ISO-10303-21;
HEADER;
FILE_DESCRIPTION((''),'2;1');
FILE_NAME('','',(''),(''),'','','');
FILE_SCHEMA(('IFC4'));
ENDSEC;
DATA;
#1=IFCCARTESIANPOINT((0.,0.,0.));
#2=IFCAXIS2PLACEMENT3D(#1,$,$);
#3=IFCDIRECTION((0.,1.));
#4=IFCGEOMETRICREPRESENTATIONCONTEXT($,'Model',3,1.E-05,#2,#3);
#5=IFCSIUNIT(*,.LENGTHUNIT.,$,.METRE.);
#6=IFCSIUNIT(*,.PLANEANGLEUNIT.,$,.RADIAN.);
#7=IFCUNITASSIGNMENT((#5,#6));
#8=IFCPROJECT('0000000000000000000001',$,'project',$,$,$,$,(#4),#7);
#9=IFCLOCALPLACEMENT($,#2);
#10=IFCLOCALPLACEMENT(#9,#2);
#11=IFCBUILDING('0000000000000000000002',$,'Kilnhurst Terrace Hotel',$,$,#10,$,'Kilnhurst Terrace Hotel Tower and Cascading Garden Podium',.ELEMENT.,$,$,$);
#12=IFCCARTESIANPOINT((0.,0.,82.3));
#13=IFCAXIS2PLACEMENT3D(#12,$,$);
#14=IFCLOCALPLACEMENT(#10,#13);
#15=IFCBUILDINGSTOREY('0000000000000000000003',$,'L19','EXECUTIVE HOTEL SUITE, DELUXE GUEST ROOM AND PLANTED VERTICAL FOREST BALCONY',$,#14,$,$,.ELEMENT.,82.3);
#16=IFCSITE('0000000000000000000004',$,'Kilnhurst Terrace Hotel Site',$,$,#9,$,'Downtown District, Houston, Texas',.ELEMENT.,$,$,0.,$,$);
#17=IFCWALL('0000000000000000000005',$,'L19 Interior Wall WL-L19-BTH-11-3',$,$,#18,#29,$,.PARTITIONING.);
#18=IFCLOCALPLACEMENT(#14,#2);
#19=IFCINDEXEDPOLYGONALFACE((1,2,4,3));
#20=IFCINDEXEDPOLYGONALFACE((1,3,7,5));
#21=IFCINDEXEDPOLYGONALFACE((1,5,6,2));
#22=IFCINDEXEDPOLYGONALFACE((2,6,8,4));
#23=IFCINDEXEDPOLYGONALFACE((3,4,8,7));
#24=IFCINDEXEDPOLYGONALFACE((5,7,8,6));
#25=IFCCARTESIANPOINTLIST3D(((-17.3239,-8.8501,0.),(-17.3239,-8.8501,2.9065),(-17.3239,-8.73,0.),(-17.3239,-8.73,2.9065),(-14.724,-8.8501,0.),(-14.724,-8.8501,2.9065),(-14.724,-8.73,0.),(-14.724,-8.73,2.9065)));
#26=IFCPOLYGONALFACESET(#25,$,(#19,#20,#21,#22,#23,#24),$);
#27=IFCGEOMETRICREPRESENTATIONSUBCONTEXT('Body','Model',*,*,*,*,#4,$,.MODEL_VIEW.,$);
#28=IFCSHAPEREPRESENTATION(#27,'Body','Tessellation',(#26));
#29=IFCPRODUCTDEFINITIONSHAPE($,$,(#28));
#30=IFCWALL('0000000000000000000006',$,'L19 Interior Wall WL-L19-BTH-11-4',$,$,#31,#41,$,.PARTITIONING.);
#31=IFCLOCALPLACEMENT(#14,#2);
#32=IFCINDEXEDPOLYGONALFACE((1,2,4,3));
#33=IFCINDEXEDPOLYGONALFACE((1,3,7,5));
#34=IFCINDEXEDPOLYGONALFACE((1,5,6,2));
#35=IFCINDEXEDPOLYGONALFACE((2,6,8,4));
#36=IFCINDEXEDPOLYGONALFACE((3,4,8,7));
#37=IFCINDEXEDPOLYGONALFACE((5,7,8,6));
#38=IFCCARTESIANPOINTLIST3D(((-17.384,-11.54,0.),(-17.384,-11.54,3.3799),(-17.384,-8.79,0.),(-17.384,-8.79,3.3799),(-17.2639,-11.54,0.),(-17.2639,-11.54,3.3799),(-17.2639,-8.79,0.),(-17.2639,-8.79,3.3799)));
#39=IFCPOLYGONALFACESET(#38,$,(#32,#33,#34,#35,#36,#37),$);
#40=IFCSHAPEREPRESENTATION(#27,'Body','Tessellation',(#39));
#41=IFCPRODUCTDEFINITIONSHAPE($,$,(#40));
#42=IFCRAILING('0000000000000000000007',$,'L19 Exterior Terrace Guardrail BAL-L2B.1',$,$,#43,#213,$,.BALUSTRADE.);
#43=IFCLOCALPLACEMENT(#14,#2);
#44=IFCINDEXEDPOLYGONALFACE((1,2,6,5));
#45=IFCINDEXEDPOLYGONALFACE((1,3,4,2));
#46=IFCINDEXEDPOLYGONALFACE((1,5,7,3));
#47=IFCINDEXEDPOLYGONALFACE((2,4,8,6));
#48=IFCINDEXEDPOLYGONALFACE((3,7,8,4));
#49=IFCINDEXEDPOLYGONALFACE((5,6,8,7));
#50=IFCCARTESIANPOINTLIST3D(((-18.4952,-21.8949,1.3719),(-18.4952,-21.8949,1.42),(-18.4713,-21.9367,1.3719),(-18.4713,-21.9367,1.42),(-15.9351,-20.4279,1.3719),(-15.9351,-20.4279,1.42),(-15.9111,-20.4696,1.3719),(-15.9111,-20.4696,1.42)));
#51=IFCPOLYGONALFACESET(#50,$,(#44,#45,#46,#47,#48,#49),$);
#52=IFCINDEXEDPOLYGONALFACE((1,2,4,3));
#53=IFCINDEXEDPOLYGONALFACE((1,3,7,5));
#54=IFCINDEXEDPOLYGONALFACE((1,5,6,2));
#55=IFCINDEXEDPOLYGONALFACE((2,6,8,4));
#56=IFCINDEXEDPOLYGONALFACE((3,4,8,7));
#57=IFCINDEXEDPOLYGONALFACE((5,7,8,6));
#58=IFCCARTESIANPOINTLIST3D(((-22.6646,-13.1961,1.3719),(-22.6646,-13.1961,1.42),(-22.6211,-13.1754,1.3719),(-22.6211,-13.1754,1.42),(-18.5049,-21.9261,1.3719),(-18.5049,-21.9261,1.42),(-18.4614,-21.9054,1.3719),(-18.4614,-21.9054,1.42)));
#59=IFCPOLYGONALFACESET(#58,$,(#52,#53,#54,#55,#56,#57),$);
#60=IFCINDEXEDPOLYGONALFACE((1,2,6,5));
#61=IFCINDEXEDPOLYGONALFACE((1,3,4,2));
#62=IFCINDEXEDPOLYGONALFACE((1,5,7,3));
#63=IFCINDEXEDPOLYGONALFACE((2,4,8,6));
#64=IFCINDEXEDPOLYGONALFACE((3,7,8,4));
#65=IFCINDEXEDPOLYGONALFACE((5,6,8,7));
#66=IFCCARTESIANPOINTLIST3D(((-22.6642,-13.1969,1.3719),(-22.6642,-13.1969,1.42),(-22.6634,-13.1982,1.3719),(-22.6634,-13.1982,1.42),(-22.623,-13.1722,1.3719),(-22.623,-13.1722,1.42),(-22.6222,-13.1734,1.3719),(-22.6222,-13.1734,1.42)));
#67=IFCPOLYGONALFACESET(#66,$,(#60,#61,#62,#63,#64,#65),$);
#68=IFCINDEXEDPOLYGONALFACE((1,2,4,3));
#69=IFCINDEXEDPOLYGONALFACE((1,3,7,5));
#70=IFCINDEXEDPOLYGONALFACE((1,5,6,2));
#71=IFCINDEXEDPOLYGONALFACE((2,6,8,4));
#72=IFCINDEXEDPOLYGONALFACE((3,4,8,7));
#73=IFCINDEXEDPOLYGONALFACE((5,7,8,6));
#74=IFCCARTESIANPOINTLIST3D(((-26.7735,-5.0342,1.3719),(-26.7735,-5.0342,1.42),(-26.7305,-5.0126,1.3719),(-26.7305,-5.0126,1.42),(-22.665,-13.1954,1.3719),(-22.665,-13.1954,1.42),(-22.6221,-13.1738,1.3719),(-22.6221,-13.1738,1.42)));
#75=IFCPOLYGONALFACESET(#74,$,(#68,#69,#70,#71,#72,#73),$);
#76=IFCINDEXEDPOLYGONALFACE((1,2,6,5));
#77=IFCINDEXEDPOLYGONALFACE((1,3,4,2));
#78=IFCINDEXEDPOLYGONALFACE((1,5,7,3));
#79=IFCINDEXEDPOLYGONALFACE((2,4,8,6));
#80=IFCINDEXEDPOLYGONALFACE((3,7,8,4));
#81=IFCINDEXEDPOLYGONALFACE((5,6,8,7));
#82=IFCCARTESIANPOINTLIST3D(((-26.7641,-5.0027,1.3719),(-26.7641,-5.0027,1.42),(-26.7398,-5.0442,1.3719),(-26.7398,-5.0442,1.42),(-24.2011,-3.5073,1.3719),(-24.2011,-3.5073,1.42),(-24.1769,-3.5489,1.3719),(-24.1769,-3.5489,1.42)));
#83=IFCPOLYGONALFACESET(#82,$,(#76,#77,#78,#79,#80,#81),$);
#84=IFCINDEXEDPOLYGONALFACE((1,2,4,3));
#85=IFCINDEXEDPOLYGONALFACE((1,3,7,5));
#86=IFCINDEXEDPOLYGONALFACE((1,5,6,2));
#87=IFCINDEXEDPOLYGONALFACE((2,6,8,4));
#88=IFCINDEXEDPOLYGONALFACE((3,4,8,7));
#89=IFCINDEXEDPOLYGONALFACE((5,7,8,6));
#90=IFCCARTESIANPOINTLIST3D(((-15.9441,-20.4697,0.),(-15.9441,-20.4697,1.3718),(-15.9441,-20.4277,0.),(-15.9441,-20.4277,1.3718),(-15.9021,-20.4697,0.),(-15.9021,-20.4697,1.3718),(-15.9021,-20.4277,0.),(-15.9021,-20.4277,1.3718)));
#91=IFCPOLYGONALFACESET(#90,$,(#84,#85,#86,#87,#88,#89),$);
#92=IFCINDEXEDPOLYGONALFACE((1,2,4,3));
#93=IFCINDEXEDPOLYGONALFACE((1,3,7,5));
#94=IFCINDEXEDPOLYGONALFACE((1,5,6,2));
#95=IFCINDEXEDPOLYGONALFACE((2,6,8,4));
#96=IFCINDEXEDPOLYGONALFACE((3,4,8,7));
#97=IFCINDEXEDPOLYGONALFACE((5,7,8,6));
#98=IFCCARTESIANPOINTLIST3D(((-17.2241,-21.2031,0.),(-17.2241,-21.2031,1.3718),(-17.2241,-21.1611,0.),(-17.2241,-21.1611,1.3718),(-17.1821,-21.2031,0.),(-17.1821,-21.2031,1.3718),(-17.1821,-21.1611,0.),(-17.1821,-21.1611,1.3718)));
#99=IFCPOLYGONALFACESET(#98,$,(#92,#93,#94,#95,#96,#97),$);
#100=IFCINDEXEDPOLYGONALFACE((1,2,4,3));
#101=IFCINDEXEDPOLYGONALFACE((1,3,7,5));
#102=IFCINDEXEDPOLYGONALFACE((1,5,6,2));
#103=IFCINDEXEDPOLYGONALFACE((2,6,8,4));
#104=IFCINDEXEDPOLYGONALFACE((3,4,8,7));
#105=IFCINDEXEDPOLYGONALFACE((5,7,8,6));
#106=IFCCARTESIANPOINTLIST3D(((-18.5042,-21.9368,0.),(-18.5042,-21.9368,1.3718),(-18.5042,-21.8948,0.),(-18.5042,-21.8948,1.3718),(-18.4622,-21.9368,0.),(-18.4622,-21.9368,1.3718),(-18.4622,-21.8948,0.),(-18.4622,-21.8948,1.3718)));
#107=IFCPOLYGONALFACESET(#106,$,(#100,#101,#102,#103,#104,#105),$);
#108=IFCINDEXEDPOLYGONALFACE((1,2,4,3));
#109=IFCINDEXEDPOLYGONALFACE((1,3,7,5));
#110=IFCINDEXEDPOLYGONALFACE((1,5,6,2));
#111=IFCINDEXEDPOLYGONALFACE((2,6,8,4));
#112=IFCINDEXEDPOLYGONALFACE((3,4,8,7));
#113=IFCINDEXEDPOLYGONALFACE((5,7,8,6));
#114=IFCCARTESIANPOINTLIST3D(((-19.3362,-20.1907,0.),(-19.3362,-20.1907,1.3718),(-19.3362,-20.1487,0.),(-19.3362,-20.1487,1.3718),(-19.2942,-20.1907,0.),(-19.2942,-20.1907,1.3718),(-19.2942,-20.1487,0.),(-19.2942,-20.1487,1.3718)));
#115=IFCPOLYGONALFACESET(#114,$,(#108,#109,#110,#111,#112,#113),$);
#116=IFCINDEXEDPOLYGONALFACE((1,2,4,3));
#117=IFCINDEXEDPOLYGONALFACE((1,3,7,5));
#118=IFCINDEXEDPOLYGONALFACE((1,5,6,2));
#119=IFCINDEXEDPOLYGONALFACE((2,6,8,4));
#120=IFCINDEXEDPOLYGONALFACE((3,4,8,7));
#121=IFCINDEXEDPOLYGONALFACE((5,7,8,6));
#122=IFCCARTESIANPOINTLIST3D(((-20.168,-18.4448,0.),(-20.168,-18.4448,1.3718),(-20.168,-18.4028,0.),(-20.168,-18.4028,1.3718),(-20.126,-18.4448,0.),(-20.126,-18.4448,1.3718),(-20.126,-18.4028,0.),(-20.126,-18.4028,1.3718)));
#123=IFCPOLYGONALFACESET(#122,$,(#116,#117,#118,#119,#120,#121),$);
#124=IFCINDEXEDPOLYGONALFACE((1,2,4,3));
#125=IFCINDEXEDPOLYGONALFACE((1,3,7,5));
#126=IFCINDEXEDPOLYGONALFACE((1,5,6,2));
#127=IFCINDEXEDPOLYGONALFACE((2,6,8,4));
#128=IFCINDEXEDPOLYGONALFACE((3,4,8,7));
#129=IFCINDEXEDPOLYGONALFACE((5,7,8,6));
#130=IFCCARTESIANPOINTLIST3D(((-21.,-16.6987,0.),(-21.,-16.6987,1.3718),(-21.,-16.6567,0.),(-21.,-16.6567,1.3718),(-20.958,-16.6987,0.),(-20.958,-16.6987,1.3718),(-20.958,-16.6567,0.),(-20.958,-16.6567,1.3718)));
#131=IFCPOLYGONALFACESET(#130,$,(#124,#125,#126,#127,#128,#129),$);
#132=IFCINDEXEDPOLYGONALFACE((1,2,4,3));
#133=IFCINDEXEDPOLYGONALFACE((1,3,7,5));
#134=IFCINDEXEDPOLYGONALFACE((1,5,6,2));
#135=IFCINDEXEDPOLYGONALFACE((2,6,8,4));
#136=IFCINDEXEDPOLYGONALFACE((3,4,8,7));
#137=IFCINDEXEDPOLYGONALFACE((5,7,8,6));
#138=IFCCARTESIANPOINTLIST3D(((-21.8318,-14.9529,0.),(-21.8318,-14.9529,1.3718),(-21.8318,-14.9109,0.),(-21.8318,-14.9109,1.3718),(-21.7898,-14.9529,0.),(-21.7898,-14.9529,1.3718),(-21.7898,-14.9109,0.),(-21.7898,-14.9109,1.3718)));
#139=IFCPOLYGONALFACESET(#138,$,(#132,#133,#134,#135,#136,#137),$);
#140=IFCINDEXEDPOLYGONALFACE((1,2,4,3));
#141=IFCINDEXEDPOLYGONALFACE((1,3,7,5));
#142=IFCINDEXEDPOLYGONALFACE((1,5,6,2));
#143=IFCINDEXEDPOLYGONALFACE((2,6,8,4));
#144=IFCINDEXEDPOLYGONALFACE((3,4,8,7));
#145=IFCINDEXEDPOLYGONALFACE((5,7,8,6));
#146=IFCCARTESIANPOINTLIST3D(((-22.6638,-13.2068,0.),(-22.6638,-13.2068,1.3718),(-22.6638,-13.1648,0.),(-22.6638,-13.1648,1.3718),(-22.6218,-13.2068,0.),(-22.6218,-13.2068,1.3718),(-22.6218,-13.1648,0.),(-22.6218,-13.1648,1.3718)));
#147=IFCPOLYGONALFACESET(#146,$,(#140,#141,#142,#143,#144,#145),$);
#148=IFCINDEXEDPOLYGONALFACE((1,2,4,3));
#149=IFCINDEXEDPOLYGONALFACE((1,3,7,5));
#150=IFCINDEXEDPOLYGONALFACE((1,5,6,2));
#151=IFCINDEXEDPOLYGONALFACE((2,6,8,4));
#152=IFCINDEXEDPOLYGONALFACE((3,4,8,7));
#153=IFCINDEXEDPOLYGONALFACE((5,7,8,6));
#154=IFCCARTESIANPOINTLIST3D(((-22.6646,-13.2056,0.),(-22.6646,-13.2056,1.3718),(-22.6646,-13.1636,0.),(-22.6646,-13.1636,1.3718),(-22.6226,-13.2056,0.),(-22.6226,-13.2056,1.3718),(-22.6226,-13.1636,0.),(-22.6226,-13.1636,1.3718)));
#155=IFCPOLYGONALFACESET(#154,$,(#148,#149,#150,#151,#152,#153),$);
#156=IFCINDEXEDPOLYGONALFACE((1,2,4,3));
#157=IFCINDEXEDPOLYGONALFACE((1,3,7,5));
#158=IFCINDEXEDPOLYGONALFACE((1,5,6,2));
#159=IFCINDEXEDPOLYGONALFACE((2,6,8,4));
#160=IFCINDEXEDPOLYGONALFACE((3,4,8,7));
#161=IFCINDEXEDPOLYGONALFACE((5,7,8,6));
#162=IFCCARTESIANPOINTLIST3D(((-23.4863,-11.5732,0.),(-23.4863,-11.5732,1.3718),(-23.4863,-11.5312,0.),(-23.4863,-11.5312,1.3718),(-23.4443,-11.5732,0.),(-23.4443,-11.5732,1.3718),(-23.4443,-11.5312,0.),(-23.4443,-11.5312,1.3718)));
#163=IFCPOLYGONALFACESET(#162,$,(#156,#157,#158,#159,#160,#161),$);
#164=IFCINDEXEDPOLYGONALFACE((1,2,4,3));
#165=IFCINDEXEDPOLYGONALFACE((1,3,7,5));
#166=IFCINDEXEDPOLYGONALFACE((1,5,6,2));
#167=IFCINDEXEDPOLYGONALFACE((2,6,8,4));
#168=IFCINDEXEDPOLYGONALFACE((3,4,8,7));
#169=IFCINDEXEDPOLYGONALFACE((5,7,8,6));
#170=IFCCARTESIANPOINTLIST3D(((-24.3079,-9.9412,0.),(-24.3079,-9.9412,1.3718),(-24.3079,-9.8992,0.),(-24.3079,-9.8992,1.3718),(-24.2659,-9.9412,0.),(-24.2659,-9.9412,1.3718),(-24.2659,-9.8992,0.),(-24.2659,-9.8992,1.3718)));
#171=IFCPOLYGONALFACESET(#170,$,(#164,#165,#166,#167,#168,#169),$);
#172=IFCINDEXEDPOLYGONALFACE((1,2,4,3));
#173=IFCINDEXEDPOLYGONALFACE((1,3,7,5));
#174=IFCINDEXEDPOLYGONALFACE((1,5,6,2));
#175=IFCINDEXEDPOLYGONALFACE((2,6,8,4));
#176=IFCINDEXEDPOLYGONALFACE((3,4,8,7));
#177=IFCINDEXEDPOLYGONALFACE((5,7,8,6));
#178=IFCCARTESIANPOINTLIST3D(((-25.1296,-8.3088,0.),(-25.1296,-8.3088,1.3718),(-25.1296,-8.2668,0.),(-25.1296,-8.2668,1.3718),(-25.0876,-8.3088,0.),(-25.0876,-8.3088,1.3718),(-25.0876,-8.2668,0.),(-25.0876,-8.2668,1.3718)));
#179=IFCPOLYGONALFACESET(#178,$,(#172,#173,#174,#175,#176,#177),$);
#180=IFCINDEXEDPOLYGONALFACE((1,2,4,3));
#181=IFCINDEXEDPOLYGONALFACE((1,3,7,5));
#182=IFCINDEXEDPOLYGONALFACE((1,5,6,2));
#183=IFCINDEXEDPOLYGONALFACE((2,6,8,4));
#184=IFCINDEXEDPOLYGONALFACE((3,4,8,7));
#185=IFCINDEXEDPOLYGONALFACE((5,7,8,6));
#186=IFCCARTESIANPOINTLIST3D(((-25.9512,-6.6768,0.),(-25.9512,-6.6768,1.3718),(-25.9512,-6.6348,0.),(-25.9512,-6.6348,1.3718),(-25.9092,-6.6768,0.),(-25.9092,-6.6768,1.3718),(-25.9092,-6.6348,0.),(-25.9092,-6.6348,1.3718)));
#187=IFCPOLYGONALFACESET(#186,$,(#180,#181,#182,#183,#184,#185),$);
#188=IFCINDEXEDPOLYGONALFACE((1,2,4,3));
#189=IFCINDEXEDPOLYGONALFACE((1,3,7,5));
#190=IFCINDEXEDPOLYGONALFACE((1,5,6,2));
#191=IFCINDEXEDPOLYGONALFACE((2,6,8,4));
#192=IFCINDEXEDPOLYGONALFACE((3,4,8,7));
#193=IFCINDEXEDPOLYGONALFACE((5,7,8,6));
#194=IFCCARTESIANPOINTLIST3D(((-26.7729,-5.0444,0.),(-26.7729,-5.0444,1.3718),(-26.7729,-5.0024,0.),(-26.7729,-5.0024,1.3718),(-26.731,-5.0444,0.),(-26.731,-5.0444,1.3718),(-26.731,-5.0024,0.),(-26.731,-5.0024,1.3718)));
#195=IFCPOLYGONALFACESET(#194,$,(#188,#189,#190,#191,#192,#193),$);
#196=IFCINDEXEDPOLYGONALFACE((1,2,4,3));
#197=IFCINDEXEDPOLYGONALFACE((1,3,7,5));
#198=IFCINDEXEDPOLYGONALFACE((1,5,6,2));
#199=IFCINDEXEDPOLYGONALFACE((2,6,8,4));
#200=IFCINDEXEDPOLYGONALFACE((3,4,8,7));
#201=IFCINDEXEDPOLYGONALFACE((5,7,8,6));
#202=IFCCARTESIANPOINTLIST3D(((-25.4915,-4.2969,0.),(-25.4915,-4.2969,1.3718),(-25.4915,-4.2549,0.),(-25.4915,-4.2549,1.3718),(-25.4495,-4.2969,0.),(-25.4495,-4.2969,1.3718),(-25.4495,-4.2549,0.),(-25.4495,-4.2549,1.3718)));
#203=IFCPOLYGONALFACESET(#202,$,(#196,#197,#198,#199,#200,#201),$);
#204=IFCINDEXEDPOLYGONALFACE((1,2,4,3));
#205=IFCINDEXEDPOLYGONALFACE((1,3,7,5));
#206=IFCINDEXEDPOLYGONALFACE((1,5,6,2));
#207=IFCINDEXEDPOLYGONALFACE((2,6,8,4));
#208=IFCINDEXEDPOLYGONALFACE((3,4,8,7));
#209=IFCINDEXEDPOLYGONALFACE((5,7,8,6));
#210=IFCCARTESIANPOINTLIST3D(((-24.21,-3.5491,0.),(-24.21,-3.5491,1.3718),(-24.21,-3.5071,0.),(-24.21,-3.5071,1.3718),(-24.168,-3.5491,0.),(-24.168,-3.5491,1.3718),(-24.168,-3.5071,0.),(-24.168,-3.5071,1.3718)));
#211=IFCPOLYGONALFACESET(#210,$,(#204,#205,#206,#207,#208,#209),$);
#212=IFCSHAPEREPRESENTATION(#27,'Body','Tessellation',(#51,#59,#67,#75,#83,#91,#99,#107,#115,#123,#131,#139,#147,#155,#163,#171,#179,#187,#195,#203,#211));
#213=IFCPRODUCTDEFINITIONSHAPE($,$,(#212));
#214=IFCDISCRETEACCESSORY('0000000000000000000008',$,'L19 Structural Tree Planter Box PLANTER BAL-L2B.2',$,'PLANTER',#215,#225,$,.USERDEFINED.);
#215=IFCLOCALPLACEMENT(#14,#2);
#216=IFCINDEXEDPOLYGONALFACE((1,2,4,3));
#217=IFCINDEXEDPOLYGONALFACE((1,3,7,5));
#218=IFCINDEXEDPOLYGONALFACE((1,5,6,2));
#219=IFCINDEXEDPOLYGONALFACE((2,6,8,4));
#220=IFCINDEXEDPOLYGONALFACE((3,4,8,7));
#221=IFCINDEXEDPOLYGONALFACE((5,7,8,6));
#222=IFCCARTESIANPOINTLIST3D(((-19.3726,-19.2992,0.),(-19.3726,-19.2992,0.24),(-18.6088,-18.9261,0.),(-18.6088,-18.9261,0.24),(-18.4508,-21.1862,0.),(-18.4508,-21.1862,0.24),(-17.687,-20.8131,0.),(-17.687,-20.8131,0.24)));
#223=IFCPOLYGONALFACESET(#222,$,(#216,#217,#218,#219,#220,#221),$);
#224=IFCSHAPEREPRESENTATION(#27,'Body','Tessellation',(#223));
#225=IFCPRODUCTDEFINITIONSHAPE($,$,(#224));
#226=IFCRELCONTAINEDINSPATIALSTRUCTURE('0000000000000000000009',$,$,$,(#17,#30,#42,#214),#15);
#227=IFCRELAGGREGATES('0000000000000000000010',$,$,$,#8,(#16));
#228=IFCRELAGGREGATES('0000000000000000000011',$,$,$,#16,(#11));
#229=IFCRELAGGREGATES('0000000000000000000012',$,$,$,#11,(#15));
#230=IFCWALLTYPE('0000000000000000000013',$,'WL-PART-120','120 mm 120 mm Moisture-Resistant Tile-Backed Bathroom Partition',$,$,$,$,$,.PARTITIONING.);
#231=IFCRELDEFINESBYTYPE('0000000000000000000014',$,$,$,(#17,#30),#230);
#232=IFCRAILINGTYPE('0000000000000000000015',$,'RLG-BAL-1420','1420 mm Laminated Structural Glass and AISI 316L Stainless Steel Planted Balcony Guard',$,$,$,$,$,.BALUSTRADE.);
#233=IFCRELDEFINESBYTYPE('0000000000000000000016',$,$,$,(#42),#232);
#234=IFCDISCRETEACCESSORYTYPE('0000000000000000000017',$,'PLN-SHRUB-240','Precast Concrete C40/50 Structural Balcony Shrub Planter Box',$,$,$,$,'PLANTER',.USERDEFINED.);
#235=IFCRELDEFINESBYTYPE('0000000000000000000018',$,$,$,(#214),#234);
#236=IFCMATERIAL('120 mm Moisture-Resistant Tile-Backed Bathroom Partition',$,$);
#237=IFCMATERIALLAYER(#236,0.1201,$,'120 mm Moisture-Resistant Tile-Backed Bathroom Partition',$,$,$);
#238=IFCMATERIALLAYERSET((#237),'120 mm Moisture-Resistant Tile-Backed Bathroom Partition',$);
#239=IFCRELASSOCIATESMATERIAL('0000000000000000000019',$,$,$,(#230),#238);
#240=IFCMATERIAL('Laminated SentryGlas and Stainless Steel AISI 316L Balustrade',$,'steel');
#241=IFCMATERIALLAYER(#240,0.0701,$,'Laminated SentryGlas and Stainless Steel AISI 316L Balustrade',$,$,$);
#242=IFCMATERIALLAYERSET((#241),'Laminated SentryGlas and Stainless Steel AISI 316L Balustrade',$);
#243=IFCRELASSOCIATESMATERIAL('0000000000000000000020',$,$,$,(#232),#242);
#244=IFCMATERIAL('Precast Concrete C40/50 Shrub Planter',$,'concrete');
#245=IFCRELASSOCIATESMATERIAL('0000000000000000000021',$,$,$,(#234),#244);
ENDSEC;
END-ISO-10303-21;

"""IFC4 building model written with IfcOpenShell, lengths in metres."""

from ifc_helpers import new_model, si_unit, direction, frame, frame_2d, origin, origin_2d, place, context, subcontext, project, spatial, rectangle, extrude, material, layer, layer_set, type_object, element, save


model = new_model("IFC4")

# Units and contexts
model_context = context("Model", 3, precision=1e-05, world=origin(), true_north=direction((0.0, 1.0)))
body_context = subcontext(model_context, "Body", "Model", "MODEL_VIEW")
ifc_project = project(units=[si_unit("LENGTHUNIT", "METRE"), si_unit("PLANEANGLEUNIT", "RADIAN")], contexts=[model_context])

# Site, building, storey
site_placement = place(None, origin())
site = spatial("IfcSite", under=ifc_project, at=site_placement, Name="Kilnhurst Terrace Hotel Site", LongName="Downtown District, Houston, Texas", CompositionType="ELEMENT", RefElevation=0.0)
building_placement = place(site_placement, origin())
building = spatial("IfcBuilding", under=site, at=building_placement, Name="Kilnhurst Terrace Hotel", LongName="Kilnhurst Terrace Hotel Tower and Cascading Garden Podium", CompositionType="ELEMENT")
storey_placement = place(building_placement, frame((0.0, 0.0, 82.3)))
storey = spatial("IfcBuildingStorey", under=building, at=storey_placement, Name="L19", Description="EXECUTIVE HOTEL SUITE, DELUXE GUEST ROOM AND PLANTED VERTICAL FOREST BALCONY", CompositionType="ELEMENT", Elevation=82.3)

# Shared definitions
ifc_material_1 = material(Name="120 mm Moisture-Resistant Tile-Backed Bathroom Partition")
ifc_layer_1 = layer(ifc_material_1, 0.1201, Name="120 mm Moisture-Resistant Tile-Backed Bathroom Partition")
ifc_layer_set_1 = layer_set([ifc_layer_1], Name="120 mm Moisture-Resistant Tile-Backed Bathroom Partition")
wall_type_1 = type_object("IfcWallType", Name="WL-PART-120", Description="120 mm 120 mm Moisture-Resistant Tile-Backed Bathroom Partition", PredefinedType="PARTITIONING", material=ifc_layer_set_1)

# Walls
wall_1_placement = place(storey_placement, frame((-14.7241, -8.79, 0.0), z_axis=(0.0, 0.0, 1.0), x_axis=(-1.0, 0.0, 0.0)))
element("IfcWall", 1, at=wall_1_placement, inside=storey, type_object=wall_type_1, Name="L19 Interior Wall WL-L19-BTH-11-3", PredefinedType="PARTITIONING", context=body_context, shape_type="SweptSolid", body=[
    extrude(rectangle(XDim=2.5999, YDim=0.1201, at=frame_2d((1.2998, 0.0))), origin(), (0.0, 0.0, 1.0), 2.9065),
])
wall_2_placement = place(storey_placement, frame((-17.324, -8.79, 0.0), z_axis=(0.0, 0.0, 1.0), x_axis=(0.0, -1.0, 0.0)))
element("IfcWall", 2, at=wall_2_placement, inside=storey, type_object=wall_type_1, Name="L19 Interior Wall WL-L19-BTH-11-4", PredefinedType="PARTITIONING", context=body_context, shape_type="SweptSolid", body=[
    extrude(rectangle(XDim=2.75, YDim=0.1201, at=frame_2d((1.375, 0.0))), origin(), (0.0, 0.0, 1.0), 3.3799),
])

# Railing
ifc_material_2 = material(Name="Laminated SentryGlas and Stainless Steel AISI 316L Balustrade", Category="steel")
ifc_layer_2 = layer(ifc_material_2, 0.0701, Name="Laminated SentryGlas and Stainless Steel AISI 316L Balustrade")
ifc_layer_set_2 = layer_set([ifc_layer_2], Name="Laminated SentryGlas and Stainless Steel AISI 316L Balustrade")
railing_type = type_object("IfcRailingType", Name="RLG-BAL-1420", Description="1420 mm Laminated Structural Glass and AISI 316L Stainless Steel Planted Balcony Guard", PredefinedType="BALUSTRADE", material=ifc_layer_set_2)
railing_placement = place(storey_placement, frame((-15.9231, -20.4487, 0.0)))
element("IfcRailing", 3, at=railing_placement, inside=storey, type_object=railing_type, Name="L19 Exterior Terrace Guardrail BAL-L2B.1", PredefinedType="BALUSTRADE", context=body_context, shape_type="SweptSolid", body=[
    extrude(rectangle(XDim=0.0481, YDim=0.0481, at=origin_2d()), frame((0.0, 0.0, 1.396), z_axis=(-0.867637, -0.497199, 0.0), x_axis=(0.497199, -0.867637, 0.0)), (0.0, 0.0, 1.0), 2.9507),
    extrude(rectangle(XDim=0.0481, YDim=0.0481, at=origin_2d()), frame((-2.5601, -1.467, 1.396), z_axis=(-0.430147, 0.902759, 0.0), x_axis=(-0.902759, -0.430147, 0.0)), (0.0, 0.0, 1.0), 9.6704),
    extrude(rectangle(XDim=0.0481, YDim=0.0481, at=origin_2d()), frame((-6.7197, 7.2629, 1.396), z_axis=(-0.514496, 0.857493, 0.0), x_axis=(-0.857493, -0.514496, 0.0)), (0.0, 0.0, 1.0), 0.0015),
    extrude(rectangle(XDim=0.0481, YDim=0.0481, at=origin_2d()), frame((-6.7205, 7.2642, 1.396), z_axis=(-0.449649, 0.893205, 0.0), x_axis=(-0.893205, -0.449649, 0.0)), (0.0, 0.0, 1.0), 9.137),
    extrude(rectangle(XDim=0.0481, YDim=0.0481, at=origin_2d()), frame((-10.8289, 15.4253, 1.396), z_axis=(0.863737, 0.503943, 0.0), x_axis=(-0.503943, 0.863737, 0.0)), (0.0, 0.0, 1.0), 2.9673),
    extrude(rectangle(XDim=0.042, YDim=0.042, at=origin_2d()), origin(), (0.0, 0.0, 1.0), 1.3718),
    extrude(rectangle(XDim=0.042, YDim=0.042, at=origin_2d()), frame((-1.28, -0.7334, 0.0)), (0.0, 0.0, 1.0), 1.3718),
    extrude(rectangle(XDim=0.042, YDim=0.042, at=origin_2d()), frame((-2.5601, -1.467, 0.0)), (0.0, 0.0, 1.0), 1.3718),
    extrude(rectangle(XDim=0.042, YDim=0.042, at=origin_2d()), frame((-3.3921, 0.2791, 0.0)), (0.0, 0.0, 1.0), 1.3718),
    extrude(rectangle(XDim=0.042, YDim=0.042, at=origin_2d()), frame((-4.2239, 2.0249, 0.0)), (0.0, 0.0, 1.0), 1.3718),
    extrude(rectangle(XDim=0.042, YDim=0.042, at=origin_2d()), frame((-5.0559, 3.771, 0.0)), (0.0, 0.0, 1.0), 1.3718),
    extrude(rectangle(XDim=0.042, YDim=0.042, at=origin_2d()), frame((-5.8877, 5.5168, 0.0)), (0.0, 0.0, 1.0), 1.3718),
    extrude(rectangle(XDim=0.042, YDim=0.042, at=origin_2d()), frame((-6.7197, 7.2629, 0.0)), (0.0, 0.0, 1.0), 1.3718),
    extrude(rectangle(XDim=0.042, YDim=0.042, at=origin_2d()), frame((-6.7205, 7.2642, 0.0)), (0.0, 0.0, 1.0), 1.3718),
    extrude(rectangle(XDim=0.042, YDim=0.042, at=origin_2d()), frame((-7.5422, 8.8965, 0.0)), (0.0, 0.0, 1.0), 1.3718),
    extrude(rectangle(XDim=0.042, YDim=0.042, at=origin_2d()), frame((-8.3638, 10.5286, 0.0)), (0.0, 0.0, 1.0), 1.3718),
    extrude(rectangle(XDim=0.042, YDim=0.042, at=origin_2d()), frame((-9.1855, 12.1609, 0.0)), (0.0, 0.0, 1.0), 1.3718),
    extrude(rectangle(XDim=0.042, YDim=0.042, at=origin_2d()), frame((-10.0071, 13.793, 0.0)), (0.0, 0.0, 1.0), 1.3718),
    extrude(rectangle(XDim=0.042, YDim=0.042, at=origin_2d()), frame((-10.8289, 15.4253, 0.0)), (0.0, 0.0, 1.0), 1.3718),
    extrude(rectangle(XDim=0.042, YDim=0.042, at=origin_2d()), frame((-9.5474, 16.1729, 0.0)), (0.0, 0.0, 1.0), 1.3718),
    extrude(rectangle(XDim=0.042, YDim=0.042, at=origin_2d()), frame((-8.2659, 16.9207, 0.0)), (0.0, 0.0, 1.0), 1.3718),
])

# Discrete accessory
ifc_material_3 = material(Name="Precast Concrete C40/50 Shrub Planter", Category="concrete")
discrete_accessory_type = type_object("IfcDiscreteAccessoryType", Name="PLN-SHRUB-240", Description="Precast Concrete C40/50 Structural Balcony Shrub Planter Box", ElementType="PLANTER", PredefinedType="USERDEFINED", material=ifc_material_3)
discrete_accessory_placement = place(storey_placement, frame((-18.5298, -20.0562, 0.0), z_axis=(0.0, 0.0, 1.0), x_axis=(0.438936, -0.898518, 0.0)))
element("IfcDiscreteAccessory", 4, at=discrete_accessory_placement, inside=storey, type_object=discrete_accessory_type, Name="L19 Structural Tree Planter Box PLANTER BAL-L2B.2", ObjectType="PLANTER", PredefinedType="USERDEFINED", context=body_context, shape_type="SweptSolid", body=[
    extrude(rectangle(XDim=2.1001, YDim=0.8501, at=origin_2d()), origin(), (0.0, 0.0, 1.0), 0.24),
])

save(model, "model.ifc")
